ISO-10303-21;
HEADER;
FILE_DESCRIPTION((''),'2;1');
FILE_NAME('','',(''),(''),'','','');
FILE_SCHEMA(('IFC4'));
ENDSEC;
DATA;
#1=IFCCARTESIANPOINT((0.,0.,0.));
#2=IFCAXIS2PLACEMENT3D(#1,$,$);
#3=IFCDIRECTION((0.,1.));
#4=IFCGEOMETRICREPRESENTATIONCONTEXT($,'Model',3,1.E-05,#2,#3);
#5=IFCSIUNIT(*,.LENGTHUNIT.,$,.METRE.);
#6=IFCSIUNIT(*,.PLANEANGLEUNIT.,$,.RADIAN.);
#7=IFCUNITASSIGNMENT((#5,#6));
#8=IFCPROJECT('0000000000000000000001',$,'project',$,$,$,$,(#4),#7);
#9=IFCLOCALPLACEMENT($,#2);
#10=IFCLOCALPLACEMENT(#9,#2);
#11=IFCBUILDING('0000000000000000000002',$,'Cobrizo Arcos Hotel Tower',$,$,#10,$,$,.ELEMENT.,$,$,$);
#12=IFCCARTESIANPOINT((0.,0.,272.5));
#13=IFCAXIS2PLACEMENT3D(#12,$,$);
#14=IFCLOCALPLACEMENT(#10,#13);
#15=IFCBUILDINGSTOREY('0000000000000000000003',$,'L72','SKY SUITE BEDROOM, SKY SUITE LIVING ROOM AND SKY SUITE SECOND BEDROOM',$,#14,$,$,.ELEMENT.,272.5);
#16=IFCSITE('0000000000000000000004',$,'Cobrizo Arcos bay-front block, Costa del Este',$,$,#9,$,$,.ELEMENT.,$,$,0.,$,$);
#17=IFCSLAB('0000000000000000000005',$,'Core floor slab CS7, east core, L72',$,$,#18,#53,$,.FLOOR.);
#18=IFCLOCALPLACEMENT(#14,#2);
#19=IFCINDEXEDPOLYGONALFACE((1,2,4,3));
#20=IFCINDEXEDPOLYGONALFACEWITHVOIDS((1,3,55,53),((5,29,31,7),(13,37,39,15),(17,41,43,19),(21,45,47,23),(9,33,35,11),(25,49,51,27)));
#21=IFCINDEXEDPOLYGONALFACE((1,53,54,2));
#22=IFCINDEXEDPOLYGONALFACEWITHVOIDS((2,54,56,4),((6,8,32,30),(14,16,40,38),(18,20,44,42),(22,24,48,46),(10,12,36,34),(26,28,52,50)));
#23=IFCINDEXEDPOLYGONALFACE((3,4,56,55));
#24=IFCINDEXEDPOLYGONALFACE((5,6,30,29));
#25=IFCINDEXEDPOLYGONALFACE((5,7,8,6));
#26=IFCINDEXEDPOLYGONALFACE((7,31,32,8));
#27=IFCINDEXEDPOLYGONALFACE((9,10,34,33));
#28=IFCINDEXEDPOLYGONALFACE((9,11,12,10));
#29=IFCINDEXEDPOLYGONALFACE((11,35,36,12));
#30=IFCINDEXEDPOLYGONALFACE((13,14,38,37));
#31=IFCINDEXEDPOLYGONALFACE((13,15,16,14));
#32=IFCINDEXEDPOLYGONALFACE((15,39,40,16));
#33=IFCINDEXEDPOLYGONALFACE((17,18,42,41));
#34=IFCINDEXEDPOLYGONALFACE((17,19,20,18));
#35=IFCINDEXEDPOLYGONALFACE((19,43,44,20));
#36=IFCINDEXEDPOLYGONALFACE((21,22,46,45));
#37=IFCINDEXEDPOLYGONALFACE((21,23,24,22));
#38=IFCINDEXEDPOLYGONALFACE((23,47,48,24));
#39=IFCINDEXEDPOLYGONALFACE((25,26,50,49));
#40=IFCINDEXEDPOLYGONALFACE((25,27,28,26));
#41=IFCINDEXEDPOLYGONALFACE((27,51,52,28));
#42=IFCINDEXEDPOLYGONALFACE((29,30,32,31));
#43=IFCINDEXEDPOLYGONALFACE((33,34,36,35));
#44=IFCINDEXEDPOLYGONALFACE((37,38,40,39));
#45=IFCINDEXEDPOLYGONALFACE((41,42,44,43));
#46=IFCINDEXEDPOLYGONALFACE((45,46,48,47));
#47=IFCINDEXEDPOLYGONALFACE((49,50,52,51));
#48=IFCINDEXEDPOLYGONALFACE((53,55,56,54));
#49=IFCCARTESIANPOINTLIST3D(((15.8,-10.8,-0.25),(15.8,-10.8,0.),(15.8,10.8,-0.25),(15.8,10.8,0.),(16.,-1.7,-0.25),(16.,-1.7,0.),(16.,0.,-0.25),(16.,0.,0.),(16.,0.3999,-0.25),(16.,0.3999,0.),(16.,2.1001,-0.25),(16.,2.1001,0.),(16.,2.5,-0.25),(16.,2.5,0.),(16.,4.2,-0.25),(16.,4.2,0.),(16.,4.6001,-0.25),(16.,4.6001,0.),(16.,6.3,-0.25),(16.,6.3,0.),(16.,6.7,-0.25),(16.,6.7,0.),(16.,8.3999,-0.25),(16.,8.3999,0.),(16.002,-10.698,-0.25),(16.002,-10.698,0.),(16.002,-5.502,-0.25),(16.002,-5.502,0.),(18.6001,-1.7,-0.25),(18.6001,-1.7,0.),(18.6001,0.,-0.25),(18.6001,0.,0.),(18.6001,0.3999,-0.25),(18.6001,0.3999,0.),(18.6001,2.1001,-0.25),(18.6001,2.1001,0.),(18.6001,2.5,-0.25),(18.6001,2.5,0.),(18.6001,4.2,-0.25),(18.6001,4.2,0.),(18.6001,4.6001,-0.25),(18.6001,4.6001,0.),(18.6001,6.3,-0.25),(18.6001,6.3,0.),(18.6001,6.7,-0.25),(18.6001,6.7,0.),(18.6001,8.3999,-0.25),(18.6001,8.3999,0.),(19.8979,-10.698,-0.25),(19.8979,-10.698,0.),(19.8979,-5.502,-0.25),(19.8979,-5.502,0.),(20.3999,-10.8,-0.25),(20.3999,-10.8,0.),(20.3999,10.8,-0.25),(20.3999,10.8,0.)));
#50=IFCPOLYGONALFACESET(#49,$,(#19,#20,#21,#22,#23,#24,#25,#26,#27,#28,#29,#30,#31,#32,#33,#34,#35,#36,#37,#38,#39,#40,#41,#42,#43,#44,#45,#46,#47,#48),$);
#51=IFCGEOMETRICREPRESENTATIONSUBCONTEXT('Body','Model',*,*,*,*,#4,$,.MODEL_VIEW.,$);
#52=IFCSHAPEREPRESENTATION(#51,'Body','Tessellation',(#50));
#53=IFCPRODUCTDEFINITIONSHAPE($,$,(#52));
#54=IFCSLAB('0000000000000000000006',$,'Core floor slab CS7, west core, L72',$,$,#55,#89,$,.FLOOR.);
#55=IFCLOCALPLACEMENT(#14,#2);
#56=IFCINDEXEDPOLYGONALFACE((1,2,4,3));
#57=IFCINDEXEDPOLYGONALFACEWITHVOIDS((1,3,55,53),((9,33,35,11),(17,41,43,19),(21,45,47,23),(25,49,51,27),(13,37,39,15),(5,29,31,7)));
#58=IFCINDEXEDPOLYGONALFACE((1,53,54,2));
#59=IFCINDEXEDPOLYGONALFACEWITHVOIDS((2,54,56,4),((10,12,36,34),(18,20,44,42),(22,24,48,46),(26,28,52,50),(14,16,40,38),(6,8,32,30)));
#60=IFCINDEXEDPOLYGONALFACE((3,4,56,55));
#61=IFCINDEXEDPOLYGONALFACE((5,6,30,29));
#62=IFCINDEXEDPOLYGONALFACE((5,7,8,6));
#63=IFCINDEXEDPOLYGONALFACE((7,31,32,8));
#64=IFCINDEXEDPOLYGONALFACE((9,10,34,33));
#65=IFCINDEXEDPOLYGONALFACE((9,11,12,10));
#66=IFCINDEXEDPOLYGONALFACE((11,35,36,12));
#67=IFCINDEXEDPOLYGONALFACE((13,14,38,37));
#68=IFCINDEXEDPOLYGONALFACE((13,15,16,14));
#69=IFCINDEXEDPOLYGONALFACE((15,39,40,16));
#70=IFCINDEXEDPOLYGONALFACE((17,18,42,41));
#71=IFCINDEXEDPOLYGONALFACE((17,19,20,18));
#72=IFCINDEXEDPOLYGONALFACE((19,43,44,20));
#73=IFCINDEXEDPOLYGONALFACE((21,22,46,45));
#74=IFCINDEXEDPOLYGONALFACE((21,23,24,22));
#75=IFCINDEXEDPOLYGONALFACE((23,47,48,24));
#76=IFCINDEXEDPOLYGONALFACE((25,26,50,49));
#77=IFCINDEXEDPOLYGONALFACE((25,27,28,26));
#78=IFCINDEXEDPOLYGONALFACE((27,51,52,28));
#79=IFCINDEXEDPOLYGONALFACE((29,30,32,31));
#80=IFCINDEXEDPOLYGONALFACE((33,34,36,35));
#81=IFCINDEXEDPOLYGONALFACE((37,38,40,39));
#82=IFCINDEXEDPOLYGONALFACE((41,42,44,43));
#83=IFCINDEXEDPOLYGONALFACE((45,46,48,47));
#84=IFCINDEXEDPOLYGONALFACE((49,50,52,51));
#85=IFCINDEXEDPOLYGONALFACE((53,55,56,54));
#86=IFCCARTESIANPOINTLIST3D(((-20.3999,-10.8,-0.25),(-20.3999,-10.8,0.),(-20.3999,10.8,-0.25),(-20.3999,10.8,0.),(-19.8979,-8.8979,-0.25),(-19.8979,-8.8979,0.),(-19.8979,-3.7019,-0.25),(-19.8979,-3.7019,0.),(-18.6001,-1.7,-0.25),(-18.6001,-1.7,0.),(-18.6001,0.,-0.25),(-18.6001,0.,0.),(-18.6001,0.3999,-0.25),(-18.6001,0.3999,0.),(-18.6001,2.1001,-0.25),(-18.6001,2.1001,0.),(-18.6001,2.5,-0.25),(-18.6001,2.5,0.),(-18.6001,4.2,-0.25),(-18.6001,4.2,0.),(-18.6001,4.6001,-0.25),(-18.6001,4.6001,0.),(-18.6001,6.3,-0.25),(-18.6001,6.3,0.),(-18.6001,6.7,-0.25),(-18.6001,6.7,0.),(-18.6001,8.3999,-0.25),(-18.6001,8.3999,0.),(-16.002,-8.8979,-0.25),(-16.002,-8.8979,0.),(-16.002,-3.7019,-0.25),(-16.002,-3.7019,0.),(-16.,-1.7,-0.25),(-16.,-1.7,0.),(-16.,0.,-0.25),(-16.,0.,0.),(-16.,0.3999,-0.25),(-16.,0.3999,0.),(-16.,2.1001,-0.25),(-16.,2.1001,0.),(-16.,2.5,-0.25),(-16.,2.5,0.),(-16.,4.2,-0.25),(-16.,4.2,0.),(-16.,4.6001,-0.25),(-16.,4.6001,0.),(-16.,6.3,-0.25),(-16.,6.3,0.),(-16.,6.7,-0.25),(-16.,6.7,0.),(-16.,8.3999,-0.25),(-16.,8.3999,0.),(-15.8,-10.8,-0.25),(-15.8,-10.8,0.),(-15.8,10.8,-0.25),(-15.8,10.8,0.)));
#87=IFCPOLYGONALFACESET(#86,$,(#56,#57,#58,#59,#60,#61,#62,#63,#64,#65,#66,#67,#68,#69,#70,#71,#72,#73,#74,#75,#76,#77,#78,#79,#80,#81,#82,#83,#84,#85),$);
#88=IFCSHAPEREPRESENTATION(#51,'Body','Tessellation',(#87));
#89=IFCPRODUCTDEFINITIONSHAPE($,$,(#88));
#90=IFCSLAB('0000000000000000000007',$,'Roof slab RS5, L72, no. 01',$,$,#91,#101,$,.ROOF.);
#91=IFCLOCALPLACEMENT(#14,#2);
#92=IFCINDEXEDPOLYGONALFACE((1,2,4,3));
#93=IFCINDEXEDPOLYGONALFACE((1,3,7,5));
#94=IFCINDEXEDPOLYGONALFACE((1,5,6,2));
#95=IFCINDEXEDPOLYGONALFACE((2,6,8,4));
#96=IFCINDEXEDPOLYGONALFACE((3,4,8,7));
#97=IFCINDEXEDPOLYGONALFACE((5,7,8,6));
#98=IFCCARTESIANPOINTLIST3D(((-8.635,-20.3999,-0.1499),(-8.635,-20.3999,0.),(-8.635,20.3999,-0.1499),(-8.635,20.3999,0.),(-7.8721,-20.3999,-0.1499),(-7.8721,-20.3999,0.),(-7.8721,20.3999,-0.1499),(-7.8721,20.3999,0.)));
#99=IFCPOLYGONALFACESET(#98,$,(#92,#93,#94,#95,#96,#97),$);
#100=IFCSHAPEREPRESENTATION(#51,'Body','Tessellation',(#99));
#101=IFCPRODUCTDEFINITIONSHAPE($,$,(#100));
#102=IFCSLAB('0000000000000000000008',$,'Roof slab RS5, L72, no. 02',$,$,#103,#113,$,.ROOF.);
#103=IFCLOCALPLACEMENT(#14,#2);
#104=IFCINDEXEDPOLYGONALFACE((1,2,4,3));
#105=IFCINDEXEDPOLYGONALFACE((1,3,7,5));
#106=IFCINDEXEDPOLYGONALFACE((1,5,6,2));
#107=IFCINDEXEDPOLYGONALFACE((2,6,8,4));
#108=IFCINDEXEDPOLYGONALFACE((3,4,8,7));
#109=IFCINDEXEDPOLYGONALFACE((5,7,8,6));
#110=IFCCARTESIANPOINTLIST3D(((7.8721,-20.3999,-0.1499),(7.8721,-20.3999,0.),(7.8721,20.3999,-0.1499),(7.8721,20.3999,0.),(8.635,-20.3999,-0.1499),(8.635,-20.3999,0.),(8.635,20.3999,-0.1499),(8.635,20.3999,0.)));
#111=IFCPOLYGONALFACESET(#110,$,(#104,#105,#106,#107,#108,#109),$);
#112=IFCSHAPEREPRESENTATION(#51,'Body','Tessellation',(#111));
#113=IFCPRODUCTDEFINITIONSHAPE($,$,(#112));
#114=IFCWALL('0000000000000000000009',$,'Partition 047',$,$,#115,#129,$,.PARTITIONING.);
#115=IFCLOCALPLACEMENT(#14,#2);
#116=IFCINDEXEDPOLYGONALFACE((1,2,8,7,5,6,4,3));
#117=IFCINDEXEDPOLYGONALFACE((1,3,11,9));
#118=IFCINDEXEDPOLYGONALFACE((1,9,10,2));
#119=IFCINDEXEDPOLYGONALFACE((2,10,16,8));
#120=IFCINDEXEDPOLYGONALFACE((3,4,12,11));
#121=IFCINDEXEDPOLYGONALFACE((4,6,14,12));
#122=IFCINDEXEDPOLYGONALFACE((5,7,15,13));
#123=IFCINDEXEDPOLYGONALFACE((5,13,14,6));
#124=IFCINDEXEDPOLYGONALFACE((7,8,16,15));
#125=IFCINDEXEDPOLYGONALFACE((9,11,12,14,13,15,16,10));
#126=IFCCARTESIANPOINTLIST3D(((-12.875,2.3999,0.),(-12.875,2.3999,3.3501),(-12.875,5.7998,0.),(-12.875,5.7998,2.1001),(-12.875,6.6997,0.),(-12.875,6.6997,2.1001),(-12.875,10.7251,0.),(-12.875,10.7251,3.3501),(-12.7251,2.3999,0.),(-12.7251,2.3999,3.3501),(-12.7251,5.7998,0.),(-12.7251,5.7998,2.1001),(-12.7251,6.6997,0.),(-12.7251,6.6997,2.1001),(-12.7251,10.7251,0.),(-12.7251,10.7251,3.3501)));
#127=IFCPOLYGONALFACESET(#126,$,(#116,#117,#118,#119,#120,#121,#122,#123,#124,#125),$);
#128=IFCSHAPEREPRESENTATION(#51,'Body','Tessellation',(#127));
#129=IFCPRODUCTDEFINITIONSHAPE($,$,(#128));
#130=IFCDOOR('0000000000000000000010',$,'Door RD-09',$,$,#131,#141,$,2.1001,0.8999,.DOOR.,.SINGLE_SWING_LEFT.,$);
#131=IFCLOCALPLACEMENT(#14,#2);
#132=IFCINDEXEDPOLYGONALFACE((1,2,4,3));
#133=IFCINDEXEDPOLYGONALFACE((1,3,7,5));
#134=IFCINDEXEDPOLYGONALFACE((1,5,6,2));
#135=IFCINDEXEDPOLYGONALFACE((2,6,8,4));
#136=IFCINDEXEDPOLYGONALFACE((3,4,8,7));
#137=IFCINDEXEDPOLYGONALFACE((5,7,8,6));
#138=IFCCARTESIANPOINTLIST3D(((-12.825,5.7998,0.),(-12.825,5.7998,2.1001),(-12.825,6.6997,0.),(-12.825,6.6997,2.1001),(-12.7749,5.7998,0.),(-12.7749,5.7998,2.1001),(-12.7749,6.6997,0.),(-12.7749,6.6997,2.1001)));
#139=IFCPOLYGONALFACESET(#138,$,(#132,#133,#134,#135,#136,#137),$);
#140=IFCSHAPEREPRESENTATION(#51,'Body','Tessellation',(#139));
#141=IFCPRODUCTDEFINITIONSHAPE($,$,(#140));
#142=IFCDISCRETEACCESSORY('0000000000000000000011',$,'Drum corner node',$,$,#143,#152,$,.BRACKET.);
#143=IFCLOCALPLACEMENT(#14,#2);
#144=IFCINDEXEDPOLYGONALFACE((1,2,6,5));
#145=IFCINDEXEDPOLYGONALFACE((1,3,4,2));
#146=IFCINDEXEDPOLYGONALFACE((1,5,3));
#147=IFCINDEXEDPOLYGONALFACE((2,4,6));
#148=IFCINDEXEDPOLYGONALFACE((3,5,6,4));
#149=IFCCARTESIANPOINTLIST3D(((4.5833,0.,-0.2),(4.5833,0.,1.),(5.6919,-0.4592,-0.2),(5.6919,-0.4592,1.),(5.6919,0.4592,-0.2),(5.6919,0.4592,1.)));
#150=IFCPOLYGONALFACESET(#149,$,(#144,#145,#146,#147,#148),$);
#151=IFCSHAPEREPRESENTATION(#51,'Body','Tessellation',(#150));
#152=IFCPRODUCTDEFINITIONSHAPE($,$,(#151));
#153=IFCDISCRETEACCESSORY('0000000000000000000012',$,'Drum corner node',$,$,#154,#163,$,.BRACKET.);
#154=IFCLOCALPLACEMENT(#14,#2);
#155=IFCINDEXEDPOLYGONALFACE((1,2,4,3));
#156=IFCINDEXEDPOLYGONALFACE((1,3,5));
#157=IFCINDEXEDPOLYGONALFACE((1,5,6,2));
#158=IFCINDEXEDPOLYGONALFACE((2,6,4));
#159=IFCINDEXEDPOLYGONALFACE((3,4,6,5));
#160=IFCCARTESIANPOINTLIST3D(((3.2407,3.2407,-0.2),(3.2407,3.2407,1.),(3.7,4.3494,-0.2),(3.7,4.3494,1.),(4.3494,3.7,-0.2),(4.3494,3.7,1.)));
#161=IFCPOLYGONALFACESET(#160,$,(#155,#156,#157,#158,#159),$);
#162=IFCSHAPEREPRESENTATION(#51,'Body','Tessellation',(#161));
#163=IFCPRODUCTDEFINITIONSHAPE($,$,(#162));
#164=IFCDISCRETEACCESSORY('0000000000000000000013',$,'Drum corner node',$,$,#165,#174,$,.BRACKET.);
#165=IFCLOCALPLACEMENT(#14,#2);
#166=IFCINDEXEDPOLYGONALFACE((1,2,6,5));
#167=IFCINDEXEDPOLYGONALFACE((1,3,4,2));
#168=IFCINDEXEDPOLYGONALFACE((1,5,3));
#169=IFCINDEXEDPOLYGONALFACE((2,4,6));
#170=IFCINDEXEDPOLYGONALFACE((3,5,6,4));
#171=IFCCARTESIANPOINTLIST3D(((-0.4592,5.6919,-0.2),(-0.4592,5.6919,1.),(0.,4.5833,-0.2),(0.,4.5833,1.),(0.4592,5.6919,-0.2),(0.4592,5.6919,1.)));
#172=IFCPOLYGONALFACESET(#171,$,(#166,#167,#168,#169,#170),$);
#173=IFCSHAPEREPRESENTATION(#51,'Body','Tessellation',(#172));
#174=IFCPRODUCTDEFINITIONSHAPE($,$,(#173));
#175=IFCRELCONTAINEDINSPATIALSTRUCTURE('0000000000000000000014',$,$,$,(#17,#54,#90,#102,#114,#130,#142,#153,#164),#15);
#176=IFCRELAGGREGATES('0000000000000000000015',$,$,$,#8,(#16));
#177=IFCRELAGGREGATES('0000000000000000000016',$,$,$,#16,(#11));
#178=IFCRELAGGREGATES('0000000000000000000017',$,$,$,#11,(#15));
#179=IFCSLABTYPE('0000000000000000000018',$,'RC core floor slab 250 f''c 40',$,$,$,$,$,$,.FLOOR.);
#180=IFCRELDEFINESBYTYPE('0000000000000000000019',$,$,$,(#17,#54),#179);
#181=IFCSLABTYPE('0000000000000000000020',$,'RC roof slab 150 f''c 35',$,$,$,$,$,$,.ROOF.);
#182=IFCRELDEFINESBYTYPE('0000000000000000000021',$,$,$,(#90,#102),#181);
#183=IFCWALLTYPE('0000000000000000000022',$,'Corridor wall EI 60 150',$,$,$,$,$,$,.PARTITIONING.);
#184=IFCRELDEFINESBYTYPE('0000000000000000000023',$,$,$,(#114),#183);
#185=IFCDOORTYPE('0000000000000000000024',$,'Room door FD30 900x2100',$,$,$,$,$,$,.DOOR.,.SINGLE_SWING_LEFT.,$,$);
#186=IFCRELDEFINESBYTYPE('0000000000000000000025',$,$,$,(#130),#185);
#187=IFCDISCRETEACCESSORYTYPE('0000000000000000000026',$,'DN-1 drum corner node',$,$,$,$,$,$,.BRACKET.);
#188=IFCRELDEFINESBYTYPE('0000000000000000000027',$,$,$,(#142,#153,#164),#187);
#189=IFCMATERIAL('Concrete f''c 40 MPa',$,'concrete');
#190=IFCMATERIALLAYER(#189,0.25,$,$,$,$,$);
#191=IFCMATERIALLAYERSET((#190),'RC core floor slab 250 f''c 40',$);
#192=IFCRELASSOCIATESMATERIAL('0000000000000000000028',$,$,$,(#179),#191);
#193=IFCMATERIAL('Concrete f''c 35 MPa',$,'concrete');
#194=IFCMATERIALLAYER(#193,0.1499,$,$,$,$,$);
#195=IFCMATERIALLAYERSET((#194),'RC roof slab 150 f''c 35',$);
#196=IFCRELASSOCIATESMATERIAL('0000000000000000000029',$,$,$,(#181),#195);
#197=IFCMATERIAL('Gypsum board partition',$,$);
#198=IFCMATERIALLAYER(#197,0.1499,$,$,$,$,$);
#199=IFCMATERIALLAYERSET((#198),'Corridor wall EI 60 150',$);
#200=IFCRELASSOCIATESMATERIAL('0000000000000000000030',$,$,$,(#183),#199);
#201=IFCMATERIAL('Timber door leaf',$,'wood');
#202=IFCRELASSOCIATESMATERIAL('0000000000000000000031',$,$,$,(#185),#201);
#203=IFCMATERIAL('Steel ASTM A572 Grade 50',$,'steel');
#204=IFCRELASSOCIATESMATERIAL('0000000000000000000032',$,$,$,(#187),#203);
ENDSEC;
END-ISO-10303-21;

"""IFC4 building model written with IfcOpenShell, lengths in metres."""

from ifc_helpers import new_model, si_unit, direction, frame, frame_2d, origin, place, context, subcontext, project, spatial, polyline, rectangle, outline, extrude, material, layer, layer_set, type_object, element, fill, save


model = new_model("IFC4")

# Units and contexts
model_context = context("Model", 3, precision=1e-05, world=origin(), true_north=direction((0.0, 1.0)))
body_context = subcontext(model_context, "Body", "Model", "MODEL_VIEW")
ifc_project = project(units=[si_unit("LENGTHUNIT", "METRE"), si_unit("PLANEANGLEUNIT", "RADIAN")], contexts=[model_context])

# Site, building, storey
site_placement = place(None, origin())
site = spatial("IfcSite", under=ifc_project, at=site_placement, Name="Cobrizo Arcos bay-front block, Costa del Este", CompositionType="ELEMENT", RefElevation=0.0)
building_placement = place(site_placement, origin())
building = spatial("IfcBuilding", under=site, at=building_placement, Name="Cobrizo Arcos Hotel Tower", CompositionType="ELEMENT")
storey_placement = place(building_placement, frame((0.0, 0.0, 272.5)))
storey = spatial("IfcBuildingStorey", under=building, at=storey_placement, Name="L72", Description="SKY SUITE BEDROOM, SKY SUITE LIVING ROOM AND SKY SUITE SECOND BEDROOM", CompositionType="ELEMENT", Elevation=272.5)

# Shared definitions
ifc_material_1 = material(Name="Steel ASTM A572 Grade 50", Category="steel")

# Slabs
ifc_material_2 = material(Name="Concrete f'c 35 MPa", Category="concrete")
ifc_material_3 = material(Name="Concrete f'c 40 MPa", Category="concrete")
ifc_layer_1 = layer(ifc_material_3, 0.25)
ifc_layer_set_1 = layer_set([ifc_layer_1], Name="RC core floor slab 250 f'c 40")
slab_type_1 = type_object("IfcSlabType", Name="RC core floor slab 250 f'c 40", PredefinedType="FLOOR", material=ifc_layer_set_1)
slab_1_placement = place(storey_placement, frame((0.0, 0.0, -0.25)))
element("IfcSlab", 1, at=slab_1_placement, inside=storey, type_object=slab_type_1, Name="Core floor slab CS7, east core, L72", PredefinedType="FLOOR", context=body_context, shape_type="SweptSolid", body=[
    extrude(outline(polyline([(15.8, 10.8), (20.3999, 10.8), (20.3999, -10.8), (15.8, -10.8), (15.8, 10.8)]), holes=[polyline([(19.8979, -10.698), (19.8979, -5.502), (16.002, -5.502), (16.002, -10.698), (19.8979, -10.698)]), polyline([(16.0, 0.0), (16.0, -1.7), (18.6001, -1.7), (18.6001, 0.0), (16.0, 0.0)]), polyline([(16.0, 2.1001), (16.0, 0.3999), (18.6001, 0.3999), (18.6001, 2.1001), (16.0, 2.1001)]), polyline([(16.0, 4.2), (16.0, 2.5), (18.6001, 2.5), (18.6001, 4.2), (16.0, 4.2)]), polyline([(18.6001, 6.3), (16.0, 6.3), (16.0, 4.6001), (18.6001, 4.6001), (18.6001, 6.3)]), polyline([(18.6001, 8.3999), (16.0, 8.3999), (16.0, 6.7), (18.6001, 6.7), (18.6001, 8.3999)])]), origin(), (0.0, 0.0, 1.0), 0.25),
])
slab_2_placement = place(storey_placement, frame((0.0, 0.0, -0.25)))
element("IfcSlab", 2, at=slab_2_placement, inside=storey, type_object=slab_type_1, Name="Core floor slab CS7, west core, L72", PredefinedType="FLOOR", context=body_context, shape_type="SweptSolid", body=[
    extrude(outline(polyline([(-20.3999, 10.8), (-15.8, 10.8), (-15.8, -10.8), (-20.3999, -10.8), (-20.3999, 10.8)]), holes=[polyline([(-19.8979, -3.7019), (-19.8979, -8.8979), (-16.002, -8.8979), (-16.002, -3.7019), (-19.8979, -3.7019)]), polyline([(-18.6001, 0.0), (-18.6001, -1.7), (-16.0, -1.7), (-16.0, 0.0), (-18.6001, 0.0)]), polyline([(-18.6001, 2.1001), (-18.6001, 0.3999), (-16.0, 0.3999), (-16.0, 2.1001), (-18.6001, 2.1001)]), polyline([(-18.6001, 4.2), (-18.6001, 2.5), (-16.0, 2.5), (-16.0, 4.2), (-18.6001, 4.2)]), polyline([(-16.0, 6.3), (-18.6001, 6.3), (-18.6001, 4.6001), (-16.0, 4.6001), (-16.0, 6.3)]), polyline([(-16.0, 8.3999), (-18.6001, 8.3999), (-18.6001, 6.7), (-16.0, 6.7), (-16.0, 8.3999)])]), origin(), (0.0, 0.0, 1.0), 0.25),
])
ifc_layer_2 = layer(ifc_material_2, 0.1499)
ifc_layer_set_2 = layer_set([ifc_layer_2], Name="RC roof slab 150 f'c 35")
slab_type_2 = type_object("IfcSlabType", Name="RC roof slab 150 f'c 35", PredefinedType="ROOF", material=ifc_layer_set_2)
slab_3_placement = place(storey_placement, frame((0.0, 0.0, -0.1499)))
element("IfcSlab", 3, at=slab_3_placement, inside=storey, type_object=slab_type_2, Name="Roof slab RS5, L72, no. 01", PredefinedType="ROOF", context=body_context, shape_type="SweptSolid", body=[
    extrude(outline(polyline([(-8.635, -20.3999), (-8.635, 20.3999), (-7.8721, 20.3999), (-7.8721, -20.3999), (-8.635, -20.3999)])), origin(), (0.0, 0.0, 1.0), 0.1499),
])
slab_4_placement = place(storey_placement, frame((0.0, 0.0, -0.1499)))
element("IfcSlab", 4, at=slab_4_placement, inside=storey, type_object=slab_type_2, Name="Roof slab RS5, L72, no. 02", PredefinedType="ROOF", context=body_context, shape_type="SweptSolid", body=[
    extrude(outline(polyline([(8.635, 20.3999), (8.635, -20.3999), (7.8721, -20.3999), (7.8721, 20.3999), (8.635, 20.3999)])), origin(), (0.0, 0.0, 1.0), 0.1499),
])

# Wall, opening, door
ifc_material_4 = material(Name="Gypsum board partition")
ifc_layer_3 = layer(ifc_material_4, 0.1499)
ifc_layer_set_3 = layer_set([ifc_layer_3], Name="Corridor wall EI 60 150")
wall_type = type_object("IfcWallType", Name="Corridor wall EI 60 150", PredefinedType="PARTITIONING", material=ifc_layer_set_3)
wall_placement = place(storey_placement, frame((-12.8, 2.3999, 0.0), z_axis=(0.0, 0.0, 1.0), x_axis=(0.0, 1.0, 0.0)))
wall = element("IfcWall", 5, at=wall_placement, inside=storey, type_object=wall_type, Name="Partition 047", PredefinedType="PARTITIONING", context=body_context, shape_type="SweptSolid", body=[
    extrude(rectangle(XDim=8.3252, YDim=0.1499, at=frame_2d((4.1626, 0.0))), origin(), (0.0, 0.0, 1.0), 3.3501),
])
opening_placement = place(wall_placement, frame((3.3999, 0.0, 0.0)))
opening = element("IfcOpeningElement", 6, at=opening_placement, cuts=wall, PredefinedType="OPENING", context=body_context, shape_type="SweptSolid", body=[
    extrude(rectangle(XDim=0.8999, YDim=2.1001, at=frame_2d((0.45, 1.05))), frame((0.0, 0.0869, 0.0), z_axis=(0.0, -1.0, 0.0), x_axis=(1.0, 0.0, 0.0)), (0.0, 0.0, 1.0), 0.1738),
])
ifc_material_5 = material(Name="Timber door leaf", Category="wood")
door_type = type_object("IfcDoorType", Name="Room door FD30 900x2100", OperationType="SINGLE_SWING_LEFT", PredefinedType="DOOR", material=ifc_material_5)
door_placement = place(opening_placement, origin())
door = element("IfcDoor", 7, at=door_placement, inside=storey, type_object=door_type, Name="Door RD-09", OperationType="SINGLE_SWING_LEFT", OverallHeight=2.1001, OverallWidth=0.8999, PredefinedType="DOOR", context=body_context, shape_type="SweptSolid", body=[
    extrude(rectangle(XDim=0.8999, YDim=2.1001, at=frame_2d((0.45, 1.05))), frame((0.0, 0.0249, 0.0), z_axis=(0.0, -1.0, 0.0), x_axis=(1.0, 0.0, 0.0)), (0.0, 0.0, 1.0), 0.05),
])
fill(opening, door)

# Discrete accessories
discrete_accessory_type = type_object("IfcDiscreteAccessoryType", Name="DN-1 drum corner node", PredefinedType="BRACKET", material=ifc_material_1)
discrete_accessory_1_placement = place(storey_placement, frame((0.0, 0.0, -0.2)))
element("IfcDiscreteAccessory", 8, at=discrete_accessory_1_placement, inside=storey, type_object=discrete_accessory_type, Name="Drum corner node", PredefinedType="BRACKET", context=body_context, shape_type="SweptSolid", body=[
    extrude(outline(polyline([(5.6919, -0.4592), (4.5833, 0.0), (4.5833, 0.0), (5.6919, 0.4592), (5.6919, -0.4592)])), origin(), (0.0, 0.0, 1.0), 1.2),
])
discrete_accessory_2_placement = place(storey_placement, frame((0.0, 0.0, -0.2)))
element("IfcDiscreteAccessory", 9, at=discrete_accessory_2_placement, inside=storey, type_object=discrete_accessory_type, Name="Drum corner node", PredefinedType="BRACKET", context=body_context, shape_type="SweptSolid", body=[
    extrude(outline(polyline([(3.2407, 3.2407), (3.2407, 3.2407), (3.7, 4.3494), (4.3494, 3.7), (3.2407, 3.2407)])), origin(), (0.0, 0.0, 1.0), 1.2),
])
discrete_accessory_3_placement = place(storey_placement, frame((0.0, 0.0, -0.2)))
element("IfcDiscreteAccessory", 10, at=discrete_accessory_3_placement, inside=storey, type_object=discrete_accessory_type, Name="Drum corner node", PredefinedType="BRACKET", context=body_context, shape_type="SweptSolid", body=[
    extrude(outline(polyline([(0.0, 4.5833), (-0.4592, 5.6919), (0.4592, 5.6919), (0.0, 4.5833), (0.0, 4.5833)])), origin(), (0.0, 0.0, 1.0), 1.2),
])

save(model, "model.ifc")
